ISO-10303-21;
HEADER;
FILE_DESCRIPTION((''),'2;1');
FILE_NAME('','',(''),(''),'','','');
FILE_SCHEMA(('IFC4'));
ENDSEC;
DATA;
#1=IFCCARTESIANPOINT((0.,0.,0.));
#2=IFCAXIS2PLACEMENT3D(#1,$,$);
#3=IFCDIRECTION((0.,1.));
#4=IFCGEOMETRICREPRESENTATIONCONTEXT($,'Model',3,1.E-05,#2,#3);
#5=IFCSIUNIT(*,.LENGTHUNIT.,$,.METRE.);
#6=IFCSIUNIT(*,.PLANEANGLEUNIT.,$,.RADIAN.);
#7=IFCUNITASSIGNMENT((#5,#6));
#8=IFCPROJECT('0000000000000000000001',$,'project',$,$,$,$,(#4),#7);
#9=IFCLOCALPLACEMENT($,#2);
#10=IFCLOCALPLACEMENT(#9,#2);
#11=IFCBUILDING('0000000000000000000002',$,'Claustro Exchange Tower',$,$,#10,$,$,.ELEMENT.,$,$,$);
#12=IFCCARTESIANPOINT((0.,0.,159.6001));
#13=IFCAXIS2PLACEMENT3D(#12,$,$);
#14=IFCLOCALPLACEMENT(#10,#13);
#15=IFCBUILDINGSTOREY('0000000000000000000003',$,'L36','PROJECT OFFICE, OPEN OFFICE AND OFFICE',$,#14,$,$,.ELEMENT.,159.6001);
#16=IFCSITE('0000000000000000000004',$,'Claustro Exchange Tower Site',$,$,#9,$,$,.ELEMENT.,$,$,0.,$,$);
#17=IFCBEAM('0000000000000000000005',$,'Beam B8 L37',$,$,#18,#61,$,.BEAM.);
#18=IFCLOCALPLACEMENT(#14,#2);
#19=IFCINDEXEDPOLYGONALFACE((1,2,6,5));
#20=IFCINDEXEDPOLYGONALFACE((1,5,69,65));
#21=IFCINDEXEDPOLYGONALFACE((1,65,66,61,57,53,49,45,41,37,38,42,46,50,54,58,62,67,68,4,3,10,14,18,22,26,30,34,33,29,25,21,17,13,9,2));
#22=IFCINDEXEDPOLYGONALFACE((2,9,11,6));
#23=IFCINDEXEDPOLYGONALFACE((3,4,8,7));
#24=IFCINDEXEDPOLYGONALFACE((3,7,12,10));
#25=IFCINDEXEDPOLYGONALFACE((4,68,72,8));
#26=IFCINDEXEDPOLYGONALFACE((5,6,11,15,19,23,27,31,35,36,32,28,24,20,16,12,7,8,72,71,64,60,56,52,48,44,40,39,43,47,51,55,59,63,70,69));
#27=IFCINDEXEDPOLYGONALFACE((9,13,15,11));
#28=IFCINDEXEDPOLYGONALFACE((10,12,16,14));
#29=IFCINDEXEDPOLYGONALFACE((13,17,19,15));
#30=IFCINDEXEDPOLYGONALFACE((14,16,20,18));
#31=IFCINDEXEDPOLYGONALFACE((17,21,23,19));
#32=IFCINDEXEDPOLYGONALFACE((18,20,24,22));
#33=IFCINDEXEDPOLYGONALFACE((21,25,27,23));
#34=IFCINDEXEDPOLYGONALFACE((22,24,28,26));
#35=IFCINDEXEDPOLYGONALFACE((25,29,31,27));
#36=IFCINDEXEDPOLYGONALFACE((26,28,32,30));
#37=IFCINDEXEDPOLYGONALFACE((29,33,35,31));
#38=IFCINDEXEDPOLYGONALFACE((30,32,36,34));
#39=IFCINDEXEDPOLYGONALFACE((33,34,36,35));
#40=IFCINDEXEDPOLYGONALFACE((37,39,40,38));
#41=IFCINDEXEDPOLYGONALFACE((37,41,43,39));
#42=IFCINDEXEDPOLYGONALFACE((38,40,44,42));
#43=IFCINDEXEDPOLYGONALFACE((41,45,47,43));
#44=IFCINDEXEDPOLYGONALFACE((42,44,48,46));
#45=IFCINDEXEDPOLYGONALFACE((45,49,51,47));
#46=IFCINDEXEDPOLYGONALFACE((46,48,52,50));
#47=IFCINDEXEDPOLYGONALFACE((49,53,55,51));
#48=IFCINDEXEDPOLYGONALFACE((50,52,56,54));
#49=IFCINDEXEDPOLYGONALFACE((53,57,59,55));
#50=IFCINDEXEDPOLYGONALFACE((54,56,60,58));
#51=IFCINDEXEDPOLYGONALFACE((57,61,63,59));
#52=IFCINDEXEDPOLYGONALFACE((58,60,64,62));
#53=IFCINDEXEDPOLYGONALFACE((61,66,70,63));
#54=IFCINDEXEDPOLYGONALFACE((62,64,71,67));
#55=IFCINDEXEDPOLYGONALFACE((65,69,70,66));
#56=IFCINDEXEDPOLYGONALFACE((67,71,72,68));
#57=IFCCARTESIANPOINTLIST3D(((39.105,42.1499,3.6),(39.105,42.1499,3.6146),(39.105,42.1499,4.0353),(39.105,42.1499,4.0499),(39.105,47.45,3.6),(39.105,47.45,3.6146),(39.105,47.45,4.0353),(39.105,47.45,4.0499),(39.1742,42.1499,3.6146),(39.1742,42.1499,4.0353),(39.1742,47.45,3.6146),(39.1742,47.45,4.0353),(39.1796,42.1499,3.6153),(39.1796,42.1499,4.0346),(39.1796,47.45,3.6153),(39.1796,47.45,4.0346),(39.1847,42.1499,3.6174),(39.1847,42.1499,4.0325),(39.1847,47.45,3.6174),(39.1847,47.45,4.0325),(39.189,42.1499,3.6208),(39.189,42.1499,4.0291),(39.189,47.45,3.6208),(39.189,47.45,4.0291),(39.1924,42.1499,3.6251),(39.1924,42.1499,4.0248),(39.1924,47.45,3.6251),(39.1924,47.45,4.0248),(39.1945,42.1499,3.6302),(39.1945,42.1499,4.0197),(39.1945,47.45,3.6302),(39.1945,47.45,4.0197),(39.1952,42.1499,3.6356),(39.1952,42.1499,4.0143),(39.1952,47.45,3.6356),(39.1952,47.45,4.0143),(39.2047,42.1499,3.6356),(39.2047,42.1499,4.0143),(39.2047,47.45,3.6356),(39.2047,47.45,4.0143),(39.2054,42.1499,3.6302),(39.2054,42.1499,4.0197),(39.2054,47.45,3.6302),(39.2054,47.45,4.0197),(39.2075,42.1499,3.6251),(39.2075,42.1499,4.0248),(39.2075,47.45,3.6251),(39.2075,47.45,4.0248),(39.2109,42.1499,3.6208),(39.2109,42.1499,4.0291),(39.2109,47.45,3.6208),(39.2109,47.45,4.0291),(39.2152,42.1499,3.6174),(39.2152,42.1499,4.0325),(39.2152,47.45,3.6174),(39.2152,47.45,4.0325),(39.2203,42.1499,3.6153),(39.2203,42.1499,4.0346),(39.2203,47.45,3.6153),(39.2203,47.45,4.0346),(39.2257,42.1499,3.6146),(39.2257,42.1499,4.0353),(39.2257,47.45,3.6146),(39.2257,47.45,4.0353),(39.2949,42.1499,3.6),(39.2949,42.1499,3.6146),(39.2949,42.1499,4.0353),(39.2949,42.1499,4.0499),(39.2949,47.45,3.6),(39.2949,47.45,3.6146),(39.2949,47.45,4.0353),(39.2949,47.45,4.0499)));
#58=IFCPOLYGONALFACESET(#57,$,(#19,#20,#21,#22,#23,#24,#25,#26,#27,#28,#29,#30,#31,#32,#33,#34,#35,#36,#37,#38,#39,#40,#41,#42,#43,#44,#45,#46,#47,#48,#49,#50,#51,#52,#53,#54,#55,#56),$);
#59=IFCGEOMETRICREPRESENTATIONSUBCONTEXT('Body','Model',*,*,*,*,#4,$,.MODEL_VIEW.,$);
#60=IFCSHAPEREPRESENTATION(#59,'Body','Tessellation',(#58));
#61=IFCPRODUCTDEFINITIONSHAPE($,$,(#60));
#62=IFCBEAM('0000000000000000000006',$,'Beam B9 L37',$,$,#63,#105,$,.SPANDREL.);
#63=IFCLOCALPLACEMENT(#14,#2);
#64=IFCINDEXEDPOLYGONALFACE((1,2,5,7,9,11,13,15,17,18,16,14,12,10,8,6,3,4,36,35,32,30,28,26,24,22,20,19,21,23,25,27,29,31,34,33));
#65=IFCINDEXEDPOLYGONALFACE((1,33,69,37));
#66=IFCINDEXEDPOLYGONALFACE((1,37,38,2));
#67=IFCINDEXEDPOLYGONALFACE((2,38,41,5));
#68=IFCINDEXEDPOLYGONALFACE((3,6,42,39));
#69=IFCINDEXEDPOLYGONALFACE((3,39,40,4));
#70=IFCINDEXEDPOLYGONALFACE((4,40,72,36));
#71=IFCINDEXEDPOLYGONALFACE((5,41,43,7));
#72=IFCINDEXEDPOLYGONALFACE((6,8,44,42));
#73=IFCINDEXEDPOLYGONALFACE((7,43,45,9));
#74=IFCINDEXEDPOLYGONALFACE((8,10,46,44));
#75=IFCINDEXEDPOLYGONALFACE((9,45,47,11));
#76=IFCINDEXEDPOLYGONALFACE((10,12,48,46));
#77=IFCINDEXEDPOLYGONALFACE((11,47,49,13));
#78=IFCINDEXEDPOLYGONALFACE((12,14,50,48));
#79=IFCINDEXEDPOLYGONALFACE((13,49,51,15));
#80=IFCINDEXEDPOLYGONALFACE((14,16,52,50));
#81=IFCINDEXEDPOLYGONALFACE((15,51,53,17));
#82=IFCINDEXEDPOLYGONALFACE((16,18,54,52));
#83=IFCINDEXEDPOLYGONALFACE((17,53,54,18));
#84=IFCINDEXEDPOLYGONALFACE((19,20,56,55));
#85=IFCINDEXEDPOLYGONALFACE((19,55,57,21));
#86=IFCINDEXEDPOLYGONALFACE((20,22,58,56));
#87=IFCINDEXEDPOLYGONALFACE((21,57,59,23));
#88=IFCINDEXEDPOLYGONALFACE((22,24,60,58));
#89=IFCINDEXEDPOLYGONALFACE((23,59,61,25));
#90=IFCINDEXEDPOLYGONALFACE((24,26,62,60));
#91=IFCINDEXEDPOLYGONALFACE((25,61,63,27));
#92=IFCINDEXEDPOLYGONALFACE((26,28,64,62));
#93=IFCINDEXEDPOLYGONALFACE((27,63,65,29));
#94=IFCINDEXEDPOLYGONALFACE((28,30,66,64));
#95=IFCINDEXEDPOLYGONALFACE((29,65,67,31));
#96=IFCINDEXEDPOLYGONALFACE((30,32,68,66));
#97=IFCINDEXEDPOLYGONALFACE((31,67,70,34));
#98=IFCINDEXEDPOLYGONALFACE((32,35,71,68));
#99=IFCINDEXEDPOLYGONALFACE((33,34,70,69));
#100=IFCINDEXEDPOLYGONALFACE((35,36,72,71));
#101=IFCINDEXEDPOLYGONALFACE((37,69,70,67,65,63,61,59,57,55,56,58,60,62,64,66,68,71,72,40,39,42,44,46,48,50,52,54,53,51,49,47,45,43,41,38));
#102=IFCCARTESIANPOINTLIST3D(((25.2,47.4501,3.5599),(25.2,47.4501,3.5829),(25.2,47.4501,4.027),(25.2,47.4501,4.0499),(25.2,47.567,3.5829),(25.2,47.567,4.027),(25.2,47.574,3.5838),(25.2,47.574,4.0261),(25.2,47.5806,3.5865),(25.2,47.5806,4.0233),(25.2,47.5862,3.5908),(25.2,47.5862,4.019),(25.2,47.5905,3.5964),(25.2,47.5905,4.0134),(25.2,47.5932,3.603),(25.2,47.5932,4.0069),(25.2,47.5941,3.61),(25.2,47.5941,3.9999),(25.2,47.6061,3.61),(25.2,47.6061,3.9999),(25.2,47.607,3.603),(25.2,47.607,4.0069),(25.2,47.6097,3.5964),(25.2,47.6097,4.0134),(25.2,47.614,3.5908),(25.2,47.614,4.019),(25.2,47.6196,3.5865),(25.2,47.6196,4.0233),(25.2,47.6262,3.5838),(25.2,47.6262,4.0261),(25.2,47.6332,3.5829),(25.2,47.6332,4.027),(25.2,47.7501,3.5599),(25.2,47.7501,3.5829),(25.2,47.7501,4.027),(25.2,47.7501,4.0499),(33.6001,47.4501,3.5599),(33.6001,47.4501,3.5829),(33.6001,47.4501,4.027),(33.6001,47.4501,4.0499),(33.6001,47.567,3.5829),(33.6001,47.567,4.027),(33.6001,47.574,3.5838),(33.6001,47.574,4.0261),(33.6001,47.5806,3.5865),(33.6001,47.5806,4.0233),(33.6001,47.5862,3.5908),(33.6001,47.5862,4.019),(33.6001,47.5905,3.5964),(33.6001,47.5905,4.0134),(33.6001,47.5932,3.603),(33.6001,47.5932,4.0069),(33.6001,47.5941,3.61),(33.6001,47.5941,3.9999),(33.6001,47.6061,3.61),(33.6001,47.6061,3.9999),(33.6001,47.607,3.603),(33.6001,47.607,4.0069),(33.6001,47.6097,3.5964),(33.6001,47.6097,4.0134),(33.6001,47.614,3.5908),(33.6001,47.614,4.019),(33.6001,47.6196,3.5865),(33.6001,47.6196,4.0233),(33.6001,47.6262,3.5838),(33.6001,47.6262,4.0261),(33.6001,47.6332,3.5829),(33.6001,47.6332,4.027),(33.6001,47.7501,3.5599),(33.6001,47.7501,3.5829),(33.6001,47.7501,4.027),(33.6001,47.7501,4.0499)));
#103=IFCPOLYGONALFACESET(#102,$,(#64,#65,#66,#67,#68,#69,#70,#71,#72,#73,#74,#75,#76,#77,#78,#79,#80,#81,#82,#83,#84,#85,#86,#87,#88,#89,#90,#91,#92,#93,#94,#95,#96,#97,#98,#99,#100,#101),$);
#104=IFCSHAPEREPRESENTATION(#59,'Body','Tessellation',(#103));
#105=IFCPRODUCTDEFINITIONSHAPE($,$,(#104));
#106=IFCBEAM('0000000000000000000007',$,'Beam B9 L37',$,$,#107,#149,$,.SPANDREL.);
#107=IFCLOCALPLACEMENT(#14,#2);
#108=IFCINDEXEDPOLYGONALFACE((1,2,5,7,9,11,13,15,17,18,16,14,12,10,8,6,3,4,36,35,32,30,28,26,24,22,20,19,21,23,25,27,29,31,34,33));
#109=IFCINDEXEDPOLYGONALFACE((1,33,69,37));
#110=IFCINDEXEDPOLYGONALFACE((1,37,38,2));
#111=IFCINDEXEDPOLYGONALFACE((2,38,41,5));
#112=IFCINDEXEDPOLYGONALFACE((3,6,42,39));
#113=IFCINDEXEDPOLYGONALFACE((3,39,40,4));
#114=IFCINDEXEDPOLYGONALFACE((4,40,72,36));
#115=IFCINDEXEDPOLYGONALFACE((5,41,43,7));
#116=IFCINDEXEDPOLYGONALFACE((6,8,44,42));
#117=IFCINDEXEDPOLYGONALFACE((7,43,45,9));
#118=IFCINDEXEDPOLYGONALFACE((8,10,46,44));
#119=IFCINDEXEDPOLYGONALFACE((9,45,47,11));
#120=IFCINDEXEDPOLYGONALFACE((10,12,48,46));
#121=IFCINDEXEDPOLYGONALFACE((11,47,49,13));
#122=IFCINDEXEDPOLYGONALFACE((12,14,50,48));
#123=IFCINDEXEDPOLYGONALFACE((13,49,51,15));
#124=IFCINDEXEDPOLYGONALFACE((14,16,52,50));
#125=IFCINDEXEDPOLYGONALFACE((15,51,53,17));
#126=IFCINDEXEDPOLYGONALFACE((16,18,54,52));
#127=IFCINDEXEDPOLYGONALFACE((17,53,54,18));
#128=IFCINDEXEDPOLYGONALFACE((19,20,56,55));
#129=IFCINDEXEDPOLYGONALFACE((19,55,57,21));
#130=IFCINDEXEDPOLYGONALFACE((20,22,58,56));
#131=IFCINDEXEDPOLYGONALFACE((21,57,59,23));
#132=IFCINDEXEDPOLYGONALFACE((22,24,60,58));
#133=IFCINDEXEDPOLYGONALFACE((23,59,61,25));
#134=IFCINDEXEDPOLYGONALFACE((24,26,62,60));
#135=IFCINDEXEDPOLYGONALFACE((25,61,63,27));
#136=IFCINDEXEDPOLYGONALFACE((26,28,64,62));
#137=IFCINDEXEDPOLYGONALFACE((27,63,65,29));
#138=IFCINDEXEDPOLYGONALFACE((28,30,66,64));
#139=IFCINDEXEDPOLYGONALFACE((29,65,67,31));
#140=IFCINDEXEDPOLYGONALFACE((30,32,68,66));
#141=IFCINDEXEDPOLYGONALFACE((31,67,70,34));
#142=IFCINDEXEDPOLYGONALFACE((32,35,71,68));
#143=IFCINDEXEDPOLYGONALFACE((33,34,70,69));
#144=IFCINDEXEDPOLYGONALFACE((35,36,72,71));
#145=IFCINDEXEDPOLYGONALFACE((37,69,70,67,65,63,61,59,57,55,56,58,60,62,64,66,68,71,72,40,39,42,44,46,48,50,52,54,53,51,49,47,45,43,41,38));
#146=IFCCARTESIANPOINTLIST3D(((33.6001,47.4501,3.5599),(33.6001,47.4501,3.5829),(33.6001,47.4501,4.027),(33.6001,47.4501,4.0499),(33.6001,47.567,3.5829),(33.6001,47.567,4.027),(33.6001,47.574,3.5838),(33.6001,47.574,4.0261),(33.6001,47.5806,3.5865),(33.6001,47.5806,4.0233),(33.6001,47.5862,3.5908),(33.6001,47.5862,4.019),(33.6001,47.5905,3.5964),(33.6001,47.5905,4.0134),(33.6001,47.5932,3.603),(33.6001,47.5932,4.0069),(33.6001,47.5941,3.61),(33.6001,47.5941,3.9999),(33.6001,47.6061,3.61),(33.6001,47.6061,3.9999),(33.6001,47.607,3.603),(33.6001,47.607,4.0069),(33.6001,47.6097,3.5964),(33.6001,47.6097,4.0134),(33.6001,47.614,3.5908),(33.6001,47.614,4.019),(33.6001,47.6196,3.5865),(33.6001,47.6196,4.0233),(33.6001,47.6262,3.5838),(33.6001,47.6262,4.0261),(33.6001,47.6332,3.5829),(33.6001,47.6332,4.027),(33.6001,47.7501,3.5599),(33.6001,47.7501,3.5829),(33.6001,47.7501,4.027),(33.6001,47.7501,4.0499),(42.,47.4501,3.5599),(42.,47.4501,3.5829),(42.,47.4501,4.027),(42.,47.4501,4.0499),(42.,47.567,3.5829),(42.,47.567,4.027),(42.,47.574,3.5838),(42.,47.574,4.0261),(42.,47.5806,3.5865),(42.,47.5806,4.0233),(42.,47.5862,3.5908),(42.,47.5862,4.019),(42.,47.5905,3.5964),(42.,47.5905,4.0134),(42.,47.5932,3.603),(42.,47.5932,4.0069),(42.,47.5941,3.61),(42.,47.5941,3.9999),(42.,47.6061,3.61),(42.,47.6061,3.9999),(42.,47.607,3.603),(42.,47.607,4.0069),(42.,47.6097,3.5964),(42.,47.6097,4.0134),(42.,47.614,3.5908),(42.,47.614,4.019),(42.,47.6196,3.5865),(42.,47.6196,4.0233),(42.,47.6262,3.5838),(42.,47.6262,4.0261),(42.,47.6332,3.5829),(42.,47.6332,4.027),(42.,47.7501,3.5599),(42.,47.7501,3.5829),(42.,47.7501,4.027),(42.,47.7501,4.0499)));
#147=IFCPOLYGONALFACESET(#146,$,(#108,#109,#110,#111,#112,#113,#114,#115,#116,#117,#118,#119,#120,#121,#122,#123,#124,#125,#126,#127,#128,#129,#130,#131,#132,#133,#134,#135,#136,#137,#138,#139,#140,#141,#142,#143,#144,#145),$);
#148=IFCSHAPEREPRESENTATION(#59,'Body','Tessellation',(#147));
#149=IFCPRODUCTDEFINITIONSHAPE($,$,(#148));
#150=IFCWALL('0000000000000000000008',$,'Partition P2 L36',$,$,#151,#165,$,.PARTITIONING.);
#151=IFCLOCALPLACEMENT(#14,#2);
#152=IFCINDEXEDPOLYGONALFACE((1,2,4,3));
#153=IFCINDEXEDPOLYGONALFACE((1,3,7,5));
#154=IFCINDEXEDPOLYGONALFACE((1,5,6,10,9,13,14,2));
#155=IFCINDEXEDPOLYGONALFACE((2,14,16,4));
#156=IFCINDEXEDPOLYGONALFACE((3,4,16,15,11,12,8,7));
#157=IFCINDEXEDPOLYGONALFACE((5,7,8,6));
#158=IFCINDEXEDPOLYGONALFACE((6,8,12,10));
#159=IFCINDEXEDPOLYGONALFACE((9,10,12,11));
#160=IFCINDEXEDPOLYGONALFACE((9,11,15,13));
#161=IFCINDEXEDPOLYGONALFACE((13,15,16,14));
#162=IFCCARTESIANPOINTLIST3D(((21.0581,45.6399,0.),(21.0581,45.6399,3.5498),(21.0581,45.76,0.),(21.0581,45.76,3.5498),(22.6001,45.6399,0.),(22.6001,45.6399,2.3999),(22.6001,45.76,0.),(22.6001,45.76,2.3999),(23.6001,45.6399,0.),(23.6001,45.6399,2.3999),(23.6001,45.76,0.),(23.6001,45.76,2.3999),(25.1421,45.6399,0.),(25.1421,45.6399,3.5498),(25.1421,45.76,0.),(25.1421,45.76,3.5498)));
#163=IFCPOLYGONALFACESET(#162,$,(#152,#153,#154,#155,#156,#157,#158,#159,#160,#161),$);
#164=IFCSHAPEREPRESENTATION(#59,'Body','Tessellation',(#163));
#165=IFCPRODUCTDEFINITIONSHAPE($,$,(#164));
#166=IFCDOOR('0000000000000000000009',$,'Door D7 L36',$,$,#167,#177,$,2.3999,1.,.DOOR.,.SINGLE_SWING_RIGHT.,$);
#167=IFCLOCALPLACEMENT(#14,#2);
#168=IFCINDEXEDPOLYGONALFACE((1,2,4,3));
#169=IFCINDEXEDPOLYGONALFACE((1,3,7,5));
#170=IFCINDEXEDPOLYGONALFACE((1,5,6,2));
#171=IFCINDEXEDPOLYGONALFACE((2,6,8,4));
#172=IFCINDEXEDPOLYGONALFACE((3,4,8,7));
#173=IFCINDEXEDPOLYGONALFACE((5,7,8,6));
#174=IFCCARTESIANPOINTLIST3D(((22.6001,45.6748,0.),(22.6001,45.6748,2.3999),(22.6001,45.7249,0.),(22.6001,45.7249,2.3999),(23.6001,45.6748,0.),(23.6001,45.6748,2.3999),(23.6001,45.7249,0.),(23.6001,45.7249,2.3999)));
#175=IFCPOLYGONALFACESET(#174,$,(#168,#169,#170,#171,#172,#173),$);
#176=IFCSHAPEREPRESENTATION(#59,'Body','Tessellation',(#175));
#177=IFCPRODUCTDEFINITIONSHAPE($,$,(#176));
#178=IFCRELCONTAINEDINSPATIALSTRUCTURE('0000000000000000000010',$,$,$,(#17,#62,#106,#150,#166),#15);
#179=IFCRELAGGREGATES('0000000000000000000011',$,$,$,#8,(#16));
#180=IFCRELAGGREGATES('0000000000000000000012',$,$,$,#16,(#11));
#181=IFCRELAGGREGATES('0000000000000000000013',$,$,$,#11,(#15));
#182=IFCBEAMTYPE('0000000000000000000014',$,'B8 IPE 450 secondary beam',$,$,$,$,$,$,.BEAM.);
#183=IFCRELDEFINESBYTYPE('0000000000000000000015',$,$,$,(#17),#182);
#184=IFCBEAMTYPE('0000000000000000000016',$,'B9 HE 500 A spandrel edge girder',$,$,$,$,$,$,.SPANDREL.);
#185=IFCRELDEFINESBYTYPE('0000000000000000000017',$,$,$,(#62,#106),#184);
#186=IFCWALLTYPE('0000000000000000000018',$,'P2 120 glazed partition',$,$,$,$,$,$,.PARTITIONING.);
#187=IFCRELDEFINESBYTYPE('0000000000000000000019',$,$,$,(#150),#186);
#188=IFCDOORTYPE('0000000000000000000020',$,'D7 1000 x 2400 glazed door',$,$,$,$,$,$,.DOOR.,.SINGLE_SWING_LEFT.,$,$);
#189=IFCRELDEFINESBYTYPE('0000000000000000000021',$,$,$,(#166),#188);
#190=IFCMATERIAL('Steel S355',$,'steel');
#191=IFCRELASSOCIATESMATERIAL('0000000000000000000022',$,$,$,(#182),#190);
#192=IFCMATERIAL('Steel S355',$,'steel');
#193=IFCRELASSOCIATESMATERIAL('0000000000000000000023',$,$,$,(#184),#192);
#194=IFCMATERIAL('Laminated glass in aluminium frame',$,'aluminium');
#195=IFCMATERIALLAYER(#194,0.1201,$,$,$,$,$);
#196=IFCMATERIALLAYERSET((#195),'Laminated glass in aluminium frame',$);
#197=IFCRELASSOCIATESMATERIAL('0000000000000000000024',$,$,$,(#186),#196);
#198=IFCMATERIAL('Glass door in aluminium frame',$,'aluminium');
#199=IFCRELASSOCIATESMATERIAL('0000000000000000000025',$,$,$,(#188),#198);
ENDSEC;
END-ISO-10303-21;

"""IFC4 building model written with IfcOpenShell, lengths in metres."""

from ifc_helpers import new_model, si_unit, direction, frame, frame_2d, origin, origin_2d, place, context, subcontext, project, spatial, rectangle, i_section, extrude, material, layer, layer_set, material_profile, profile_set, type_object, element, fill, save


model = new_model("IFC4")

# Units and contexts
model_context = context("Model", 3, precision=1e-05, world=origin(), true_north=direction((0.0, 1.0)))
body_context = subcontext(model_context, "Body", "Model", "MODEL_VIEW")
ifc_project = project(units=[si_unit("LENGTHUNIT", "METRE"), si_unit("PLANEANGLEUNIT", "RADIAN")], contexts=[model_context])

# Site, building, storey
site_placement = place(None, origin())
site = spatial("IfcSite", under=ifc_project, at=site_placement, Name="Claustro Exchange Tower Site", CompositionType="ELEMENT", RefElevation=0.0)
building_placement = place(site_placement, origin())
building = spatial("IfcBuilding", under=site, at=building_placement, Name="Claustro Exchange Tower", CompositionType="ELEMENT")
storey_placement = place(building_placement, frame((0.0, 0.0, 159.6001)))
storey = spatial("IfcBuildingStorey", under=building, at=storey_placement, Name="L36", Description="PROJECT OFFICE, OPEN OFFICE AND OFFICE", CompositionType="ELEMENT", Elevation=159.6001)

# Beams
ifc_material_1 = material(Name="Steel S355", Category="steel")
ifc_material_profile_1 = material_profile(ifc_material_1, i_section(OverallWidth=0.1899, OverallDepth=0.45, WebThickness=0.0095, FlangeThickness=0.0146, FilletRadius=0.021, at=origin_2d()), Name="IPE 450")
ifc_profile_set_1 = profile_set([ifc_material_profile_1], Name="Steel S355")
beam_type_1 = type_object("IfcBeamType", Name="B8 IPE 450 secondary beam", PredefinedType="BEAM", material=ifc_profile_set_1)
for number, where, z_axis, x_axis, name in (
    (1, (39.2, 42.1499, 3.825), (0.0, 1.0, 0.0), (-1.0, 0.0, 0.0), "Beam B8 L37"),
):
    element("IfcBeam", number, at=place(storey_placement, frame(where, z_axis=z_axis, x_axis=x_axis)), inside=storey, type_object=beam_type_1, Name=name, PredefinedType="BEAM", context=body_context, shape_type="SweptSolid", body=[
        extrude(i_section(OverallWidth=0.1899, OverallDepth=0.45, WebThickness=0.0095, FlangeThickness=0.0146, FilletRadius=0.021, at=origin_2d()), origin(), (0.0, 0.0, 1.0), 5.3),
    ])
ifc_material_2 = material(Name="Steel S355", Category="steel")
ifc_material_profile_2 = material_profile(ifc_material_2, i_section(OverallWidth=0.3, OverallDepth=0.49, WebThickness=0.012, FlangeThickness=0.0229, FilletRadius=0.0271, at=origin_2d()), Name="HE 500 A")
ifc_profile_set_2 = profile_set([ifc_material_profile_2], Name="Steel S355")
beam_type_2 = type_object("IfcBeamType", Name="B9 HE 500 A spandrel edge girder", PredefinedType="SPANDREL", material=ifc_profile_set_2)
beam_1_placement = place(storey_placement, frame((25.2, 47.6001, 3.8049), z_axis=(1.0, 0.0, 0.0), x_axis=(0.0, 1.0, 0.0)))
element("IfcBeam", 2, at=beam_1_placement, inside=storey, type_object=beam_type_2, Name="Beam B9 L37", PredefinedType="SPANDREL", context=body_context, shape_type="SweptSolid", body=[
    extrude(i_section(OverallWidth=0.3, OverallDepth=0.49, WebThickness=0.012, FlangeThickness=0.0229, FilletRadius=0.0271, at=origin_2d()), origin(), (0.0, 0.0, 1.0), 8.4001),
])
beam_2_placement = place(storey_placement, frame((33.6001, 47.6001, 3.8049), z_axis=(1.0, 0.0, 0.0), x_axis=(0.0, 1.0, 0.0)))
element("IfcBeam", 3, at=beam_2_placement, inside=storey, type_object=beam_type_2, Name="Beam B9 L37", PredefinedType="SPANDREL", context=body_context, shape_type="SweptSolid", body=[
    extrude(i_section(OverallWidth=0.3, OverallDepth=0.49, WebThickness=0.012, FlangeThickness=0.0229, FilletRadius=0.0271, at=origin_2d()), origin(), (0.0, 0.0, 1.0), 8.3999),
])

# Wall, opening, door
ifc_material_3 = material(Name="Laminated glass in aluminium frame", Category="aluminium")
ifc_layer_1 = layer(ifc_material_3, 0.1201)
ifc_layer_set_1 = layer_set([ifc_layer_1], Name="Laminated glass in aluminium frame")
wall_type_1 = type_object("IfcWallType", Name="P2 120 glazed partition", PredefinedType="PARTITIONING", material=ifc_layer_set_1)
wall_1_placement = place(storey_placement, frame((21.0581, 45.7, 0.0), z_axis=(0.0, 0.0, 1.0), x_axis=(1.0, 0.0, 0.0)))
wall_1 = element("IfcWall", 4, at=wall_1_placement, inside=storey, type_object=wall_type_1, Name="Partition P2 L36", PredefinedType="PARTITIONING", context=body_context, shape_type="SweptSolid", body=[
    extrude(rectangle(XDim=4.084, YDim=0.1201, at=frame_2d((2.042, 0.0))), origin(), (0.0, 0.0, 1.0), 3.5498),
])
opening_1_placement = place(wall_1_placement, frame((1.542, 0.0, 0.0)))
opening_1 = element("IfcOpeningElement", 5, at=opening_1_placement, cuts=wall_1, PredefinedType="OPENING", context=body_context, shape_type="SweptSolid", body=[
    extrude(rectangle(XDim=1.0, YDim=2.3999, at=frame_2d((0.5, 1.2))), frame((0.0, 0.0701, 0.0), z_axis=(0.0, -1.0, 0.0), x_axis=(1.0, 0.0, 0.0)), (0.0, 0.0, 1.0), 0.1401),
])
ifc_material_4 = material(Name="Glass door in aluminium frame", Category="aluminium")
door_type = type_object("IfcDoorType", Name="D7 1000 x 2400 glazed door", OperationType="SINGLE_SWING_LEFT", PredefinedType="DOOR", material=ifc_material_4)
door_1_placement = place(opening_1_placement, origin())
door_1 = element("IfcDoor", 6, at=door_1_placement, inside=storey, type_object=door_type, Name="Door D7 L36", OperationType="SINGLE_SWING_RIGHT", OverallHeight=2.3999, OverallWidth=1.0, PredefinedType="DOOR", context=body_context, shape_type="SweptSolid", body=[
    extrude(rectangle(XDim=1.0, YDim=2.3999, at=frame_2d((0.5, 1.2))), frame((0.0, 0.0249, 0.0), z_axis=(0.0, -1.0, 0.0), x_axis=(1.0, 0.0, 0.0)), (0.0, 0.0, 1.0), 0.05),
])
fill(opening_1, door_1)

save(model, "model.ifc")
